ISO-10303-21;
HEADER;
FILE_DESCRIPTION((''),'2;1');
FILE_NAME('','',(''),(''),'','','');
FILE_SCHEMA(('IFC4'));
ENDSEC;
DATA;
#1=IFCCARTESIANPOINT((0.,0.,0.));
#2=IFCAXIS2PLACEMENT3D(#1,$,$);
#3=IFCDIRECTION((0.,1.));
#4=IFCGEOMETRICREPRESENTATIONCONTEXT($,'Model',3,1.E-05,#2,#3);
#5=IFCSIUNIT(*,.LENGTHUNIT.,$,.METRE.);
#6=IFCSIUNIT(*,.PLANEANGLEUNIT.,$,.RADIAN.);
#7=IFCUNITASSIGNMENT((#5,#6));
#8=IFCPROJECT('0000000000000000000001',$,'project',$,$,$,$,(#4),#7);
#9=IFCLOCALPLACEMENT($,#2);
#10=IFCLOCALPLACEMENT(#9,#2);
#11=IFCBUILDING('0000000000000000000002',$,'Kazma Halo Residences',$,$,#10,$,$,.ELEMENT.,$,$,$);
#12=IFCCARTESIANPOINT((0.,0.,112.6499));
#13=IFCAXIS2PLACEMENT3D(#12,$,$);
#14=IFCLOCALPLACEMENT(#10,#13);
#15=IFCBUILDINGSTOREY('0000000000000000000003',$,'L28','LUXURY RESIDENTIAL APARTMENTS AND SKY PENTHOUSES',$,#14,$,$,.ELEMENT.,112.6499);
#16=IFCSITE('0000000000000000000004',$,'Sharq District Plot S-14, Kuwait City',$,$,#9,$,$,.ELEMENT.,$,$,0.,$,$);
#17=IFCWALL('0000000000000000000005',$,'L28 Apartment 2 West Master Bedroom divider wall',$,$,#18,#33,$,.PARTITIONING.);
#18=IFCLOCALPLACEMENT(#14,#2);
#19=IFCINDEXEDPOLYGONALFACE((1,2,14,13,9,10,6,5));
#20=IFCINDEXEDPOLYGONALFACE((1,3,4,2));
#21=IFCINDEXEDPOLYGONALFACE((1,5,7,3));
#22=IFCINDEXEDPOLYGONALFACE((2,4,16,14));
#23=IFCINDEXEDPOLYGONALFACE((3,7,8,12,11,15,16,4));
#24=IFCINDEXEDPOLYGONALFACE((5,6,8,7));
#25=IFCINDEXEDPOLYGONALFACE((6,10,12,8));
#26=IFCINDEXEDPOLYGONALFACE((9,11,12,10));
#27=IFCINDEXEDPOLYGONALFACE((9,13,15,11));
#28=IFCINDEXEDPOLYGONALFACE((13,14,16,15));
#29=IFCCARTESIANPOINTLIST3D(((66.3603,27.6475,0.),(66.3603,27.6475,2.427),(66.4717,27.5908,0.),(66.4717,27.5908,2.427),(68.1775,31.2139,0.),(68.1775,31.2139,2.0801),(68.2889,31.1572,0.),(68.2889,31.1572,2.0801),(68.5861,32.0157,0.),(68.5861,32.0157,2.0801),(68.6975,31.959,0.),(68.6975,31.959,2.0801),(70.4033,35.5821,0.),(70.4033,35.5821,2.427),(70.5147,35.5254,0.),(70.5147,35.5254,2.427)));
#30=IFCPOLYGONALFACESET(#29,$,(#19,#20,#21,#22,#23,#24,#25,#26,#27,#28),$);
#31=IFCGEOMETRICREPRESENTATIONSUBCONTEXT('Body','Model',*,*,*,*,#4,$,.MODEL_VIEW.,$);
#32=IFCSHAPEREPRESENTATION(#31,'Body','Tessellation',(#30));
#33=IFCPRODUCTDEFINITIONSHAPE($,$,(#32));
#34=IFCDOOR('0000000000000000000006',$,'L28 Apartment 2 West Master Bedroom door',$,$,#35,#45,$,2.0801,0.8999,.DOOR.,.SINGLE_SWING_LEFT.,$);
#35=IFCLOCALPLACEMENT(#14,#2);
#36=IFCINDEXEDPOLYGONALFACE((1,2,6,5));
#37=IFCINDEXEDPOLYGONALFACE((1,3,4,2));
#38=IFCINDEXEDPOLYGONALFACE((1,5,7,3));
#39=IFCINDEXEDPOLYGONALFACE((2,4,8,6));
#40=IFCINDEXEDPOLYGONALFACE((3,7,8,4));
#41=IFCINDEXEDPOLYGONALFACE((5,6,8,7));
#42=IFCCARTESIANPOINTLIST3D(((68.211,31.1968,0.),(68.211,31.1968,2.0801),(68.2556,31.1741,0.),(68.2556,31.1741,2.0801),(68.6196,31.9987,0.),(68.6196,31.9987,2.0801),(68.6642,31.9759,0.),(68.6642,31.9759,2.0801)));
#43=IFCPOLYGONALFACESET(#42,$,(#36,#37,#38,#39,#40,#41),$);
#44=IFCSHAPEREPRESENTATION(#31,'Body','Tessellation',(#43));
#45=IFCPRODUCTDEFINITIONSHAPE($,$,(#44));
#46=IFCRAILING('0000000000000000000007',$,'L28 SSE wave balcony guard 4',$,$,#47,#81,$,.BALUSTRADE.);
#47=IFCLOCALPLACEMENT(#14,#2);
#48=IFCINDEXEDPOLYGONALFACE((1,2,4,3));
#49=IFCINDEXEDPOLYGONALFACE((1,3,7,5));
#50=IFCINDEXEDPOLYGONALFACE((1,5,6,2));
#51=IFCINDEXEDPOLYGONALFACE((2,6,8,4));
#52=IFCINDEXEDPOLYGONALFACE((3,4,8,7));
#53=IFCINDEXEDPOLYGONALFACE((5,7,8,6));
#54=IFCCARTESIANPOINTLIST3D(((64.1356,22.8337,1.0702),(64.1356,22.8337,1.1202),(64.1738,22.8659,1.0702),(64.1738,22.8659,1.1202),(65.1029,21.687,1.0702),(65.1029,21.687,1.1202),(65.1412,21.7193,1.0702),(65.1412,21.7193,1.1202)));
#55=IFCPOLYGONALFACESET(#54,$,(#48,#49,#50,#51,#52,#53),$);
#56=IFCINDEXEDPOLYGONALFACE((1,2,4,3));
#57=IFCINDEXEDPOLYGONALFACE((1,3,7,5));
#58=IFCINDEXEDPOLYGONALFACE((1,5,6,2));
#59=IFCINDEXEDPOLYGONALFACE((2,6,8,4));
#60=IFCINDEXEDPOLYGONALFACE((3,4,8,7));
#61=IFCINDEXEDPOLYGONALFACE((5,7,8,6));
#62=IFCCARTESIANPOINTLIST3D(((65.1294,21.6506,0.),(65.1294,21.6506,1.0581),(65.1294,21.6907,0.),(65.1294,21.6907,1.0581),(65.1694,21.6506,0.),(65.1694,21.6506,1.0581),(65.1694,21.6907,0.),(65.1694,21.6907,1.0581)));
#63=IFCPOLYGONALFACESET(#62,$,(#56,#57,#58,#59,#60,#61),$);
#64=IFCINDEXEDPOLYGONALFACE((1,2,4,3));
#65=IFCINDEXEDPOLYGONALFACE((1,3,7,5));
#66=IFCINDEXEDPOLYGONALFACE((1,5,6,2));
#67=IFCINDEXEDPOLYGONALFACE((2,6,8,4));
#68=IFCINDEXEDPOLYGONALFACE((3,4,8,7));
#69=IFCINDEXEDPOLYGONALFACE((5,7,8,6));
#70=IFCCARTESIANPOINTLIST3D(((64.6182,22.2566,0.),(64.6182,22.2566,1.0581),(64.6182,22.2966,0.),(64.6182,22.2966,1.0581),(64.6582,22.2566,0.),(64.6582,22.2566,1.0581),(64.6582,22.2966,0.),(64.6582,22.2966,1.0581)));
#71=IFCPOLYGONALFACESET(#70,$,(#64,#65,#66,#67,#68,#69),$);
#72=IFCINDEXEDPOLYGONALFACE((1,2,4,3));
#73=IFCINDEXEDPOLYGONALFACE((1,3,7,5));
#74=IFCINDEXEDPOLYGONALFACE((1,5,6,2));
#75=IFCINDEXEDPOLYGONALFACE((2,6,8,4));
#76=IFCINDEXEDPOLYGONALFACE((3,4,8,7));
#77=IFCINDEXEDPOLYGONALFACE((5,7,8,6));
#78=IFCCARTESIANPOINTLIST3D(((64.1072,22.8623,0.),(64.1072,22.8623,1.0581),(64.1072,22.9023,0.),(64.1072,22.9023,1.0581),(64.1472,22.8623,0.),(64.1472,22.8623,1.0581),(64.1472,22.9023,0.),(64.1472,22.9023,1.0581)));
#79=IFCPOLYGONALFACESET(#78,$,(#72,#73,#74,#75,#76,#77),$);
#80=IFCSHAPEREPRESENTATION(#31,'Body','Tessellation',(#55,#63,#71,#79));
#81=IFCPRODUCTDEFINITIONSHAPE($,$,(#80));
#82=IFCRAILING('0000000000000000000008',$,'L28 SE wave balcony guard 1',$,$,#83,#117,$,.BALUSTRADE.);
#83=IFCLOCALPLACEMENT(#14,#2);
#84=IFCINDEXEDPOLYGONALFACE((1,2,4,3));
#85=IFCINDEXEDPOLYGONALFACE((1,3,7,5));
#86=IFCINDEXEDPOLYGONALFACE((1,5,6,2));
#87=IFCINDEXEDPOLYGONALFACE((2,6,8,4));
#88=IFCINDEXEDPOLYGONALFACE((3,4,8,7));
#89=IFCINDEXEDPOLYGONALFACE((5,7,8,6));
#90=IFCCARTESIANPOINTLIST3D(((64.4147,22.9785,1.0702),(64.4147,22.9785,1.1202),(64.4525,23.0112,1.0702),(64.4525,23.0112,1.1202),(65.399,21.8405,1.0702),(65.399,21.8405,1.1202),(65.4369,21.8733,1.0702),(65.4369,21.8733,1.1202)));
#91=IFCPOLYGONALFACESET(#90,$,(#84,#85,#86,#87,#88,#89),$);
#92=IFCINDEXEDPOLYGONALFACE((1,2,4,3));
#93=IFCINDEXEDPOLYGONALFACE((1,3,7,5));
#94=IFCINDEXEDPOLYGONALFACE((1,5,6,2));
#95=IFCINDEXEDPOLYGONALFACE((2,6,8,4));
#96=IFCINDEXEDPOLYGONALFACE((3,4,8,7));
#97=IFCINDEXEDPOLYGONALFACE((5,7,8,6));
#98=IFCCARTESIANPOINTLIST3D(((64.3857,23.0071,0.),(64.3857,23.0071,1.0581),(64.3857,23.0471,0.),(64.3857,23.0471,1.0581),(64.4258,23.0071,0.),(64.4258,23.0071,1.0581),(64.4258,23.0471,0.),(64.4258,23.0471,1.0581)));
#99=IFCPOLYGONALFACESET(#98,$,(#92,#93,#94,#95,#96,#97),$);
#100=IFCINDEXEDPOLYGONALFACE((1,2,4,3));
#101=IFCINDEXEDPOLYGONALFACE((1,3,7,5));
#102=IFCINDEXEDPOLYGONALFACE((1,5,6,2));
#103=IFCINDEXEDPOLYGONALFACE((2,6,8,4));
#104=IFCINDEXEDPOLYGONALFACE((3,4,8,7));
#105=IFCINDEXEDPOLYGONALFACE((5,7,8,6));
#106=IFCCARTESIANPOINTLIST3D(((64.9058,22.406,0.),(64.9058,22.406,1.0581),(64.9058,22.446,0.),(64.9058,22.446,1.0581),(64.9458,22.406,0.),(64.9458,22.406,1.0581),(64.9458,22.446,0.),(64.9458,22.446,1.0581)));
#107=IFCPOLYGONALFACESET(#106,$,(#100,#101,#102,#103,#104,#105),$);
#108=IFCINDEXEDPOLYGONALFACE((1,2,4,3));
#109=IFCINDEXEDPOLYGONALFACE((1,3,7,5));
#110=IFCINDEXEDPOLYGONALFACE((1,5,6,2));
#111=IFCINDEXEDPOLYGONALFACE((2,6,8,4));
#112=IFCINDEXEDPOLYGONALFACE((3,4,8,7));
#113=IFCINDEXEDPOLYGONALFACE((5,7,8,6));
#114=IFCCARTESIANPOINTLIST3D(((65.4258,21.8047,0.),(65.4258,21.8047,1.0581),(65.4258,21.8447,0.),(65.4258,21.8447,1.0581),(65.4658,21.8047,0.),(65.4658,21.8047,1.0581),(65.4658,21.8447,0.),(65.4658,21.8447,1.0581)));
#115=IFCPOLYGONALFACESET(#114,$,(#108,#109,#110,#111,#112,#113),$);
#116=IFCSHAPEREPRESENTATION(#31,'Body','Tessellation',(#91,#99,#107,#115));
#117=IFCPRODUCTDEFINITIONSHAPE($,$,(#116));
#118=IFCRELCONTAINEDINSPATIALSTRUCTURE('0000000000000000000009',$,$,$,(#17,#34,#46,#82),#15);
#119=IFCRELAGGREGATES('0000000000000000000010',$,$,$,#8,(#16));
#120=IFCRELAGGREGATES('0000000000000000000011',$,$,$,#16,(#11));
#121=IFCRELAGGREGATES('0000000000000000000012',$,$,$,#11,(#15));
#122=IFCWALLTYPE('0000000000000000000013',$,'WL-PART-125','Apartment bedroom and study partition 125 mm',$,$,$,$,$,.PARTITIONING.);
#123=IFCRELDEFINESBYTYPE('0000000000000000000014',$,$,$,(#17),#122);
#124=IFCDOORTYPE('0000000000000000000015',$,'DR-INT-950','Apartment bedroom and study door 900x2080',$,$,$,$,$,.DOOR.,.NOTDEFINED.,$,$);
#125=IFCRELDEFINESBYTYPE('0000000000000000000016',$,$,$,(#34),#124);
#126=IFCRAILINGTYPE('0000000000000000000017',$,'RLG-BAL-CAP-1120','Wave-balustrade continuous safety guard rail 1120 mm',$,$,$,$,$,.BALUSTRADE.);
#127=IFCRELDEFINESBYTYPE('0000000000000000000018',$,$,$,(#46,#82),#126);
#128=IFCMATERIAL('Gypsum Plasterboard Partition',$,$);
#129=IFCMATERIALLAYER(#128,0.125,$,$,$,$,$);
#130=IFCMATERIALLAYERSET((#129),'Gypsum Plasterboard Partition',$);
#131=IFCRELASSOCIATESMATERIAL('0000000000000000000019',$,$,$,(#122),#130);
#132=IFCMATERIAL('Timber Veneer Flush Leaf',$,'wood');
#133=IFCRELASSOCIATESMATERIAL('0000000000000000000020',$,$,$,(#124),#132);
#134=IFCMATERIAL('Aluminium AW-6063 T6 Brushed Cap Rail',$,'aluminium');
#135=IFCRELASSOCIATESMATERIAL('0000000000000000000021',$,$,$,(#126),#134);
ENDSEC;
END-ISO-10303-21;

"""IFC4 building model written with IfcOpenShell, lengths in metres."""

from ifc_helpers import new_model, si_unit, direction, frame, frame_2d, origin, origin_2d, place, context, subcontext, project, spatial, rectangle, extrude, material, layer, layer_set, type_object, element, fill, save


model = new_model("IFC4")

# Units and contexts
model_context = context("Model", 3, precision=1e-05, world=origin(), true_north=direction((0.0, 1.0)))
body_context = subcontext(model_context, "Body", "Model", "MODEL_VIEW")
ifc_project = project(units=[si_unit("LENGTHUNIT", "METRE"), si_unit("PLANEANGLEUNIT", "RADIAN")], contexts=[model_context])

# Site, building, storey
site_placement = place(None, origin())
site = spatial("IfcSite", under=ifc_project, at=site_placement, Name="Sharq District Plot S-14, Kuwait City", CompositionType="ELEMENT", RefElevation=0.0)
building_placement = place(site_placement, origin())
building = spatial("IfcBuilding", under=site, at=building_placement, Name="Kazma Halo Residences", CompositionType="ELEMENT")
storey_placement = place(building_placement, frame((0.0, 0.0, 112.6499)))
storey = spatial("IfcBuildingStorey", under=building, at=storey_placement, Name="L28", Description="LUXURY RESIDENTIAL APARTMENTS AND SKY PENTHOUSES", CompositionType="ELEMENT", Elevation=112.6499)

# Shared definitions
ifc_material_1 = material(Name="Gypsum Plasterboard Partition")
ifc_layer_1 = layer(ifc_material_1, 0.125)
ifc_layer_set_1 = layer_set([ifc_layer_1], Name="Gypsum Plasterboard Partition")
wall_type_1 = type_object("IfcWallType", Name="WL-PART-125", Description="Apartment bedroom and study partition 125 mm", PredefinedType="PARTITIONING", material=ifc_layer_set_1)

# Wall, opening, door
ifc_material_2 = material(Name="Timber Veneer Flush Leaf", Category="wood")
door_type_1 = type_object("IfcDoorType", Name="DR-INT-950", Description="Apartment bedroom and study door 900x2080", OperationType="NOTDEFINED", PredefinedType="DOOR", material=ifc_material_2)
wall_1_placement = place(storey_placement, frame((66.416, 27.6191, 0.0), z_axis=(0.0, 0.0, 1.0), x_axis=(0.454, 0.891002, 0.0)))
wall_1 = element("IfcWall", 1, at=wall_1_placement, inside=storey, type_object=wall_type_1, Name="L28 Apartment 2 West Master Bedroom divider wall", PredefinedType="PARTITIONING", context=body_context, shape_type="SweptSolid", body=[
    extrude(rectangle(XDim=8.9053, YDim=0.125, at=frame_2d((4.4526, 0.0))), origin(), (0.0, 0.0, 1.0), 2.427),
])
opening_1_placement = place(wall_1_placement, frame((4.0027, 0.0, 0.0)))
opening_1 = element("IfcOpeningElement", 2, at=opening_1_placement, cuts=wall_1, PredefinedType="OPENING", context=body_context, shape_type="SweptSolid", body=[
    extrude(rectangle(XDim=0.8999, YDim=2.0801, at=frame_2d((0.45, 1.04))), frame((0.0, 0.0725, 0.0), z_axis=(0.0, -1.0, 0.0), x_axis=(1.0, 0.0, 0.0)), (0.0, 0.0, 1.0), 0.145),
])
door_1_placement = place(opening_1_placement, origin())
door_1 = element("IfcDoor", 3, at=door_1_placement, inside=storey, type_object=door_type_1, Name="L28 Apartment 2 West Master Bedroom door", OperationType="SINGLE_SWING_LEFT", OverallHeight=2.0801, OverallWidth=0.8999, PredefinedType="DOOR", context=body_context, shape_type="SweptSolid", body=[
    extrude(rectangle(XDim=0.8999, YDim=2.0801, at=frame_2d((0.45, 1.04))), frame((0.0, 0.0249, 0.0), z_axis=(0.0, -1.0, 0.0), x_axis=(1.0, 0.0, 0.0)), (0.0, 0.0, 1.0), 0.05),
])
fill(opening_1, door_1)

# Railings
ifc_material_3 = material(Name="Aluminium AW-6063 T6 Brushed Cap Rail", Category="aluminium")
railing_type = type_object("IfcRailingType", Name="RLG-BAL-CAP-1120", Description="Wave-balustrade continuous safety guard rail 1120 mm", PredefinedType="BALUSTRADE", material=ifc_material_3)
railing_1_placement = place(storey_placement, frame((65.1494, 21.6707, 0.0)))
element("IfcRailing", 4, at=railing_1_placement, inside=storey, type_object=railing_type, Name="L28 SSE wave balcony guard 4", PredefinedType="BALUSTRADE", context=body_context, shape_type="SweptSolid", body=[
    extrude(rectangle(XDim=0.05, YDim=0.05, at=origin_2d()), frame((-0.0273, 0.0325, 1.0952), z_axis=(-0.644823, 0.764332, 0.0), x_axis=(-0.764332, -0.644823, 0.0)), (0.0, 0.0, 1.0), 1.5002),
    extrude(rectangle(XDim=0.04, YDim=0.04, at=origin_2d()), origin(), (0.0, 0.0, 1.0), 1.0581),
    extrude(rectangle(XDim=0.04, YDim=0.04, at=origin_2d()), frame((-0.5112, 0.606, 0.0)), (0.0, 0.0, 1.0), 1.0581),
    extrude(rectangle(XDim=0.04, YDim=0.04, at=origin_2d()), frame((-1.0222, 1.2117, 0.0)), (0.0, 0.0, 1.0), 1.0581),
])
railing_2_placement = place(storey_placement, frame((64.4058, 23.0271, 0.0)))
element("IfcRailing", 5, at=railing_2_placement, inside=storey, type_object=railing_type, Name="L28 SE wave balcony guard 1", PredefinedType="BALUSTRADE", context=body_context, shape_type="SweptSolid", body=[
    extrude(rectangle(XDim=0.05, YDim=0.05, at=origin_2d()), frame((0.0278, -0.0322, 1.0952), z_axis=(0.654199, -0.756322, 0.0), x_axis=(0.756322, 0.654199, 0.0)), (0.0, 0.0, 1.0), 1.5046),
    extrude(rectangle(XDim=0.04, YDim=0.04, at=origin_2d()), origin(), (0.0, 0.0, 1.0), 1.0581),
    extrude(rectangle(XDim=0.04, YDim=0.04, at=origin_2d()), frame((0.52, -0.6011, 0.0)), (0.0, 0.0, 1.0), 1.0581),
    extrude(rectangle(XDim=0.04, YDim=0.04, at=origin_2d()), frame((1.04, -1.2024, 0.0)), (0.0, 0.0, 1.0), 1.0581),
])

save(model, "model.ifc")
